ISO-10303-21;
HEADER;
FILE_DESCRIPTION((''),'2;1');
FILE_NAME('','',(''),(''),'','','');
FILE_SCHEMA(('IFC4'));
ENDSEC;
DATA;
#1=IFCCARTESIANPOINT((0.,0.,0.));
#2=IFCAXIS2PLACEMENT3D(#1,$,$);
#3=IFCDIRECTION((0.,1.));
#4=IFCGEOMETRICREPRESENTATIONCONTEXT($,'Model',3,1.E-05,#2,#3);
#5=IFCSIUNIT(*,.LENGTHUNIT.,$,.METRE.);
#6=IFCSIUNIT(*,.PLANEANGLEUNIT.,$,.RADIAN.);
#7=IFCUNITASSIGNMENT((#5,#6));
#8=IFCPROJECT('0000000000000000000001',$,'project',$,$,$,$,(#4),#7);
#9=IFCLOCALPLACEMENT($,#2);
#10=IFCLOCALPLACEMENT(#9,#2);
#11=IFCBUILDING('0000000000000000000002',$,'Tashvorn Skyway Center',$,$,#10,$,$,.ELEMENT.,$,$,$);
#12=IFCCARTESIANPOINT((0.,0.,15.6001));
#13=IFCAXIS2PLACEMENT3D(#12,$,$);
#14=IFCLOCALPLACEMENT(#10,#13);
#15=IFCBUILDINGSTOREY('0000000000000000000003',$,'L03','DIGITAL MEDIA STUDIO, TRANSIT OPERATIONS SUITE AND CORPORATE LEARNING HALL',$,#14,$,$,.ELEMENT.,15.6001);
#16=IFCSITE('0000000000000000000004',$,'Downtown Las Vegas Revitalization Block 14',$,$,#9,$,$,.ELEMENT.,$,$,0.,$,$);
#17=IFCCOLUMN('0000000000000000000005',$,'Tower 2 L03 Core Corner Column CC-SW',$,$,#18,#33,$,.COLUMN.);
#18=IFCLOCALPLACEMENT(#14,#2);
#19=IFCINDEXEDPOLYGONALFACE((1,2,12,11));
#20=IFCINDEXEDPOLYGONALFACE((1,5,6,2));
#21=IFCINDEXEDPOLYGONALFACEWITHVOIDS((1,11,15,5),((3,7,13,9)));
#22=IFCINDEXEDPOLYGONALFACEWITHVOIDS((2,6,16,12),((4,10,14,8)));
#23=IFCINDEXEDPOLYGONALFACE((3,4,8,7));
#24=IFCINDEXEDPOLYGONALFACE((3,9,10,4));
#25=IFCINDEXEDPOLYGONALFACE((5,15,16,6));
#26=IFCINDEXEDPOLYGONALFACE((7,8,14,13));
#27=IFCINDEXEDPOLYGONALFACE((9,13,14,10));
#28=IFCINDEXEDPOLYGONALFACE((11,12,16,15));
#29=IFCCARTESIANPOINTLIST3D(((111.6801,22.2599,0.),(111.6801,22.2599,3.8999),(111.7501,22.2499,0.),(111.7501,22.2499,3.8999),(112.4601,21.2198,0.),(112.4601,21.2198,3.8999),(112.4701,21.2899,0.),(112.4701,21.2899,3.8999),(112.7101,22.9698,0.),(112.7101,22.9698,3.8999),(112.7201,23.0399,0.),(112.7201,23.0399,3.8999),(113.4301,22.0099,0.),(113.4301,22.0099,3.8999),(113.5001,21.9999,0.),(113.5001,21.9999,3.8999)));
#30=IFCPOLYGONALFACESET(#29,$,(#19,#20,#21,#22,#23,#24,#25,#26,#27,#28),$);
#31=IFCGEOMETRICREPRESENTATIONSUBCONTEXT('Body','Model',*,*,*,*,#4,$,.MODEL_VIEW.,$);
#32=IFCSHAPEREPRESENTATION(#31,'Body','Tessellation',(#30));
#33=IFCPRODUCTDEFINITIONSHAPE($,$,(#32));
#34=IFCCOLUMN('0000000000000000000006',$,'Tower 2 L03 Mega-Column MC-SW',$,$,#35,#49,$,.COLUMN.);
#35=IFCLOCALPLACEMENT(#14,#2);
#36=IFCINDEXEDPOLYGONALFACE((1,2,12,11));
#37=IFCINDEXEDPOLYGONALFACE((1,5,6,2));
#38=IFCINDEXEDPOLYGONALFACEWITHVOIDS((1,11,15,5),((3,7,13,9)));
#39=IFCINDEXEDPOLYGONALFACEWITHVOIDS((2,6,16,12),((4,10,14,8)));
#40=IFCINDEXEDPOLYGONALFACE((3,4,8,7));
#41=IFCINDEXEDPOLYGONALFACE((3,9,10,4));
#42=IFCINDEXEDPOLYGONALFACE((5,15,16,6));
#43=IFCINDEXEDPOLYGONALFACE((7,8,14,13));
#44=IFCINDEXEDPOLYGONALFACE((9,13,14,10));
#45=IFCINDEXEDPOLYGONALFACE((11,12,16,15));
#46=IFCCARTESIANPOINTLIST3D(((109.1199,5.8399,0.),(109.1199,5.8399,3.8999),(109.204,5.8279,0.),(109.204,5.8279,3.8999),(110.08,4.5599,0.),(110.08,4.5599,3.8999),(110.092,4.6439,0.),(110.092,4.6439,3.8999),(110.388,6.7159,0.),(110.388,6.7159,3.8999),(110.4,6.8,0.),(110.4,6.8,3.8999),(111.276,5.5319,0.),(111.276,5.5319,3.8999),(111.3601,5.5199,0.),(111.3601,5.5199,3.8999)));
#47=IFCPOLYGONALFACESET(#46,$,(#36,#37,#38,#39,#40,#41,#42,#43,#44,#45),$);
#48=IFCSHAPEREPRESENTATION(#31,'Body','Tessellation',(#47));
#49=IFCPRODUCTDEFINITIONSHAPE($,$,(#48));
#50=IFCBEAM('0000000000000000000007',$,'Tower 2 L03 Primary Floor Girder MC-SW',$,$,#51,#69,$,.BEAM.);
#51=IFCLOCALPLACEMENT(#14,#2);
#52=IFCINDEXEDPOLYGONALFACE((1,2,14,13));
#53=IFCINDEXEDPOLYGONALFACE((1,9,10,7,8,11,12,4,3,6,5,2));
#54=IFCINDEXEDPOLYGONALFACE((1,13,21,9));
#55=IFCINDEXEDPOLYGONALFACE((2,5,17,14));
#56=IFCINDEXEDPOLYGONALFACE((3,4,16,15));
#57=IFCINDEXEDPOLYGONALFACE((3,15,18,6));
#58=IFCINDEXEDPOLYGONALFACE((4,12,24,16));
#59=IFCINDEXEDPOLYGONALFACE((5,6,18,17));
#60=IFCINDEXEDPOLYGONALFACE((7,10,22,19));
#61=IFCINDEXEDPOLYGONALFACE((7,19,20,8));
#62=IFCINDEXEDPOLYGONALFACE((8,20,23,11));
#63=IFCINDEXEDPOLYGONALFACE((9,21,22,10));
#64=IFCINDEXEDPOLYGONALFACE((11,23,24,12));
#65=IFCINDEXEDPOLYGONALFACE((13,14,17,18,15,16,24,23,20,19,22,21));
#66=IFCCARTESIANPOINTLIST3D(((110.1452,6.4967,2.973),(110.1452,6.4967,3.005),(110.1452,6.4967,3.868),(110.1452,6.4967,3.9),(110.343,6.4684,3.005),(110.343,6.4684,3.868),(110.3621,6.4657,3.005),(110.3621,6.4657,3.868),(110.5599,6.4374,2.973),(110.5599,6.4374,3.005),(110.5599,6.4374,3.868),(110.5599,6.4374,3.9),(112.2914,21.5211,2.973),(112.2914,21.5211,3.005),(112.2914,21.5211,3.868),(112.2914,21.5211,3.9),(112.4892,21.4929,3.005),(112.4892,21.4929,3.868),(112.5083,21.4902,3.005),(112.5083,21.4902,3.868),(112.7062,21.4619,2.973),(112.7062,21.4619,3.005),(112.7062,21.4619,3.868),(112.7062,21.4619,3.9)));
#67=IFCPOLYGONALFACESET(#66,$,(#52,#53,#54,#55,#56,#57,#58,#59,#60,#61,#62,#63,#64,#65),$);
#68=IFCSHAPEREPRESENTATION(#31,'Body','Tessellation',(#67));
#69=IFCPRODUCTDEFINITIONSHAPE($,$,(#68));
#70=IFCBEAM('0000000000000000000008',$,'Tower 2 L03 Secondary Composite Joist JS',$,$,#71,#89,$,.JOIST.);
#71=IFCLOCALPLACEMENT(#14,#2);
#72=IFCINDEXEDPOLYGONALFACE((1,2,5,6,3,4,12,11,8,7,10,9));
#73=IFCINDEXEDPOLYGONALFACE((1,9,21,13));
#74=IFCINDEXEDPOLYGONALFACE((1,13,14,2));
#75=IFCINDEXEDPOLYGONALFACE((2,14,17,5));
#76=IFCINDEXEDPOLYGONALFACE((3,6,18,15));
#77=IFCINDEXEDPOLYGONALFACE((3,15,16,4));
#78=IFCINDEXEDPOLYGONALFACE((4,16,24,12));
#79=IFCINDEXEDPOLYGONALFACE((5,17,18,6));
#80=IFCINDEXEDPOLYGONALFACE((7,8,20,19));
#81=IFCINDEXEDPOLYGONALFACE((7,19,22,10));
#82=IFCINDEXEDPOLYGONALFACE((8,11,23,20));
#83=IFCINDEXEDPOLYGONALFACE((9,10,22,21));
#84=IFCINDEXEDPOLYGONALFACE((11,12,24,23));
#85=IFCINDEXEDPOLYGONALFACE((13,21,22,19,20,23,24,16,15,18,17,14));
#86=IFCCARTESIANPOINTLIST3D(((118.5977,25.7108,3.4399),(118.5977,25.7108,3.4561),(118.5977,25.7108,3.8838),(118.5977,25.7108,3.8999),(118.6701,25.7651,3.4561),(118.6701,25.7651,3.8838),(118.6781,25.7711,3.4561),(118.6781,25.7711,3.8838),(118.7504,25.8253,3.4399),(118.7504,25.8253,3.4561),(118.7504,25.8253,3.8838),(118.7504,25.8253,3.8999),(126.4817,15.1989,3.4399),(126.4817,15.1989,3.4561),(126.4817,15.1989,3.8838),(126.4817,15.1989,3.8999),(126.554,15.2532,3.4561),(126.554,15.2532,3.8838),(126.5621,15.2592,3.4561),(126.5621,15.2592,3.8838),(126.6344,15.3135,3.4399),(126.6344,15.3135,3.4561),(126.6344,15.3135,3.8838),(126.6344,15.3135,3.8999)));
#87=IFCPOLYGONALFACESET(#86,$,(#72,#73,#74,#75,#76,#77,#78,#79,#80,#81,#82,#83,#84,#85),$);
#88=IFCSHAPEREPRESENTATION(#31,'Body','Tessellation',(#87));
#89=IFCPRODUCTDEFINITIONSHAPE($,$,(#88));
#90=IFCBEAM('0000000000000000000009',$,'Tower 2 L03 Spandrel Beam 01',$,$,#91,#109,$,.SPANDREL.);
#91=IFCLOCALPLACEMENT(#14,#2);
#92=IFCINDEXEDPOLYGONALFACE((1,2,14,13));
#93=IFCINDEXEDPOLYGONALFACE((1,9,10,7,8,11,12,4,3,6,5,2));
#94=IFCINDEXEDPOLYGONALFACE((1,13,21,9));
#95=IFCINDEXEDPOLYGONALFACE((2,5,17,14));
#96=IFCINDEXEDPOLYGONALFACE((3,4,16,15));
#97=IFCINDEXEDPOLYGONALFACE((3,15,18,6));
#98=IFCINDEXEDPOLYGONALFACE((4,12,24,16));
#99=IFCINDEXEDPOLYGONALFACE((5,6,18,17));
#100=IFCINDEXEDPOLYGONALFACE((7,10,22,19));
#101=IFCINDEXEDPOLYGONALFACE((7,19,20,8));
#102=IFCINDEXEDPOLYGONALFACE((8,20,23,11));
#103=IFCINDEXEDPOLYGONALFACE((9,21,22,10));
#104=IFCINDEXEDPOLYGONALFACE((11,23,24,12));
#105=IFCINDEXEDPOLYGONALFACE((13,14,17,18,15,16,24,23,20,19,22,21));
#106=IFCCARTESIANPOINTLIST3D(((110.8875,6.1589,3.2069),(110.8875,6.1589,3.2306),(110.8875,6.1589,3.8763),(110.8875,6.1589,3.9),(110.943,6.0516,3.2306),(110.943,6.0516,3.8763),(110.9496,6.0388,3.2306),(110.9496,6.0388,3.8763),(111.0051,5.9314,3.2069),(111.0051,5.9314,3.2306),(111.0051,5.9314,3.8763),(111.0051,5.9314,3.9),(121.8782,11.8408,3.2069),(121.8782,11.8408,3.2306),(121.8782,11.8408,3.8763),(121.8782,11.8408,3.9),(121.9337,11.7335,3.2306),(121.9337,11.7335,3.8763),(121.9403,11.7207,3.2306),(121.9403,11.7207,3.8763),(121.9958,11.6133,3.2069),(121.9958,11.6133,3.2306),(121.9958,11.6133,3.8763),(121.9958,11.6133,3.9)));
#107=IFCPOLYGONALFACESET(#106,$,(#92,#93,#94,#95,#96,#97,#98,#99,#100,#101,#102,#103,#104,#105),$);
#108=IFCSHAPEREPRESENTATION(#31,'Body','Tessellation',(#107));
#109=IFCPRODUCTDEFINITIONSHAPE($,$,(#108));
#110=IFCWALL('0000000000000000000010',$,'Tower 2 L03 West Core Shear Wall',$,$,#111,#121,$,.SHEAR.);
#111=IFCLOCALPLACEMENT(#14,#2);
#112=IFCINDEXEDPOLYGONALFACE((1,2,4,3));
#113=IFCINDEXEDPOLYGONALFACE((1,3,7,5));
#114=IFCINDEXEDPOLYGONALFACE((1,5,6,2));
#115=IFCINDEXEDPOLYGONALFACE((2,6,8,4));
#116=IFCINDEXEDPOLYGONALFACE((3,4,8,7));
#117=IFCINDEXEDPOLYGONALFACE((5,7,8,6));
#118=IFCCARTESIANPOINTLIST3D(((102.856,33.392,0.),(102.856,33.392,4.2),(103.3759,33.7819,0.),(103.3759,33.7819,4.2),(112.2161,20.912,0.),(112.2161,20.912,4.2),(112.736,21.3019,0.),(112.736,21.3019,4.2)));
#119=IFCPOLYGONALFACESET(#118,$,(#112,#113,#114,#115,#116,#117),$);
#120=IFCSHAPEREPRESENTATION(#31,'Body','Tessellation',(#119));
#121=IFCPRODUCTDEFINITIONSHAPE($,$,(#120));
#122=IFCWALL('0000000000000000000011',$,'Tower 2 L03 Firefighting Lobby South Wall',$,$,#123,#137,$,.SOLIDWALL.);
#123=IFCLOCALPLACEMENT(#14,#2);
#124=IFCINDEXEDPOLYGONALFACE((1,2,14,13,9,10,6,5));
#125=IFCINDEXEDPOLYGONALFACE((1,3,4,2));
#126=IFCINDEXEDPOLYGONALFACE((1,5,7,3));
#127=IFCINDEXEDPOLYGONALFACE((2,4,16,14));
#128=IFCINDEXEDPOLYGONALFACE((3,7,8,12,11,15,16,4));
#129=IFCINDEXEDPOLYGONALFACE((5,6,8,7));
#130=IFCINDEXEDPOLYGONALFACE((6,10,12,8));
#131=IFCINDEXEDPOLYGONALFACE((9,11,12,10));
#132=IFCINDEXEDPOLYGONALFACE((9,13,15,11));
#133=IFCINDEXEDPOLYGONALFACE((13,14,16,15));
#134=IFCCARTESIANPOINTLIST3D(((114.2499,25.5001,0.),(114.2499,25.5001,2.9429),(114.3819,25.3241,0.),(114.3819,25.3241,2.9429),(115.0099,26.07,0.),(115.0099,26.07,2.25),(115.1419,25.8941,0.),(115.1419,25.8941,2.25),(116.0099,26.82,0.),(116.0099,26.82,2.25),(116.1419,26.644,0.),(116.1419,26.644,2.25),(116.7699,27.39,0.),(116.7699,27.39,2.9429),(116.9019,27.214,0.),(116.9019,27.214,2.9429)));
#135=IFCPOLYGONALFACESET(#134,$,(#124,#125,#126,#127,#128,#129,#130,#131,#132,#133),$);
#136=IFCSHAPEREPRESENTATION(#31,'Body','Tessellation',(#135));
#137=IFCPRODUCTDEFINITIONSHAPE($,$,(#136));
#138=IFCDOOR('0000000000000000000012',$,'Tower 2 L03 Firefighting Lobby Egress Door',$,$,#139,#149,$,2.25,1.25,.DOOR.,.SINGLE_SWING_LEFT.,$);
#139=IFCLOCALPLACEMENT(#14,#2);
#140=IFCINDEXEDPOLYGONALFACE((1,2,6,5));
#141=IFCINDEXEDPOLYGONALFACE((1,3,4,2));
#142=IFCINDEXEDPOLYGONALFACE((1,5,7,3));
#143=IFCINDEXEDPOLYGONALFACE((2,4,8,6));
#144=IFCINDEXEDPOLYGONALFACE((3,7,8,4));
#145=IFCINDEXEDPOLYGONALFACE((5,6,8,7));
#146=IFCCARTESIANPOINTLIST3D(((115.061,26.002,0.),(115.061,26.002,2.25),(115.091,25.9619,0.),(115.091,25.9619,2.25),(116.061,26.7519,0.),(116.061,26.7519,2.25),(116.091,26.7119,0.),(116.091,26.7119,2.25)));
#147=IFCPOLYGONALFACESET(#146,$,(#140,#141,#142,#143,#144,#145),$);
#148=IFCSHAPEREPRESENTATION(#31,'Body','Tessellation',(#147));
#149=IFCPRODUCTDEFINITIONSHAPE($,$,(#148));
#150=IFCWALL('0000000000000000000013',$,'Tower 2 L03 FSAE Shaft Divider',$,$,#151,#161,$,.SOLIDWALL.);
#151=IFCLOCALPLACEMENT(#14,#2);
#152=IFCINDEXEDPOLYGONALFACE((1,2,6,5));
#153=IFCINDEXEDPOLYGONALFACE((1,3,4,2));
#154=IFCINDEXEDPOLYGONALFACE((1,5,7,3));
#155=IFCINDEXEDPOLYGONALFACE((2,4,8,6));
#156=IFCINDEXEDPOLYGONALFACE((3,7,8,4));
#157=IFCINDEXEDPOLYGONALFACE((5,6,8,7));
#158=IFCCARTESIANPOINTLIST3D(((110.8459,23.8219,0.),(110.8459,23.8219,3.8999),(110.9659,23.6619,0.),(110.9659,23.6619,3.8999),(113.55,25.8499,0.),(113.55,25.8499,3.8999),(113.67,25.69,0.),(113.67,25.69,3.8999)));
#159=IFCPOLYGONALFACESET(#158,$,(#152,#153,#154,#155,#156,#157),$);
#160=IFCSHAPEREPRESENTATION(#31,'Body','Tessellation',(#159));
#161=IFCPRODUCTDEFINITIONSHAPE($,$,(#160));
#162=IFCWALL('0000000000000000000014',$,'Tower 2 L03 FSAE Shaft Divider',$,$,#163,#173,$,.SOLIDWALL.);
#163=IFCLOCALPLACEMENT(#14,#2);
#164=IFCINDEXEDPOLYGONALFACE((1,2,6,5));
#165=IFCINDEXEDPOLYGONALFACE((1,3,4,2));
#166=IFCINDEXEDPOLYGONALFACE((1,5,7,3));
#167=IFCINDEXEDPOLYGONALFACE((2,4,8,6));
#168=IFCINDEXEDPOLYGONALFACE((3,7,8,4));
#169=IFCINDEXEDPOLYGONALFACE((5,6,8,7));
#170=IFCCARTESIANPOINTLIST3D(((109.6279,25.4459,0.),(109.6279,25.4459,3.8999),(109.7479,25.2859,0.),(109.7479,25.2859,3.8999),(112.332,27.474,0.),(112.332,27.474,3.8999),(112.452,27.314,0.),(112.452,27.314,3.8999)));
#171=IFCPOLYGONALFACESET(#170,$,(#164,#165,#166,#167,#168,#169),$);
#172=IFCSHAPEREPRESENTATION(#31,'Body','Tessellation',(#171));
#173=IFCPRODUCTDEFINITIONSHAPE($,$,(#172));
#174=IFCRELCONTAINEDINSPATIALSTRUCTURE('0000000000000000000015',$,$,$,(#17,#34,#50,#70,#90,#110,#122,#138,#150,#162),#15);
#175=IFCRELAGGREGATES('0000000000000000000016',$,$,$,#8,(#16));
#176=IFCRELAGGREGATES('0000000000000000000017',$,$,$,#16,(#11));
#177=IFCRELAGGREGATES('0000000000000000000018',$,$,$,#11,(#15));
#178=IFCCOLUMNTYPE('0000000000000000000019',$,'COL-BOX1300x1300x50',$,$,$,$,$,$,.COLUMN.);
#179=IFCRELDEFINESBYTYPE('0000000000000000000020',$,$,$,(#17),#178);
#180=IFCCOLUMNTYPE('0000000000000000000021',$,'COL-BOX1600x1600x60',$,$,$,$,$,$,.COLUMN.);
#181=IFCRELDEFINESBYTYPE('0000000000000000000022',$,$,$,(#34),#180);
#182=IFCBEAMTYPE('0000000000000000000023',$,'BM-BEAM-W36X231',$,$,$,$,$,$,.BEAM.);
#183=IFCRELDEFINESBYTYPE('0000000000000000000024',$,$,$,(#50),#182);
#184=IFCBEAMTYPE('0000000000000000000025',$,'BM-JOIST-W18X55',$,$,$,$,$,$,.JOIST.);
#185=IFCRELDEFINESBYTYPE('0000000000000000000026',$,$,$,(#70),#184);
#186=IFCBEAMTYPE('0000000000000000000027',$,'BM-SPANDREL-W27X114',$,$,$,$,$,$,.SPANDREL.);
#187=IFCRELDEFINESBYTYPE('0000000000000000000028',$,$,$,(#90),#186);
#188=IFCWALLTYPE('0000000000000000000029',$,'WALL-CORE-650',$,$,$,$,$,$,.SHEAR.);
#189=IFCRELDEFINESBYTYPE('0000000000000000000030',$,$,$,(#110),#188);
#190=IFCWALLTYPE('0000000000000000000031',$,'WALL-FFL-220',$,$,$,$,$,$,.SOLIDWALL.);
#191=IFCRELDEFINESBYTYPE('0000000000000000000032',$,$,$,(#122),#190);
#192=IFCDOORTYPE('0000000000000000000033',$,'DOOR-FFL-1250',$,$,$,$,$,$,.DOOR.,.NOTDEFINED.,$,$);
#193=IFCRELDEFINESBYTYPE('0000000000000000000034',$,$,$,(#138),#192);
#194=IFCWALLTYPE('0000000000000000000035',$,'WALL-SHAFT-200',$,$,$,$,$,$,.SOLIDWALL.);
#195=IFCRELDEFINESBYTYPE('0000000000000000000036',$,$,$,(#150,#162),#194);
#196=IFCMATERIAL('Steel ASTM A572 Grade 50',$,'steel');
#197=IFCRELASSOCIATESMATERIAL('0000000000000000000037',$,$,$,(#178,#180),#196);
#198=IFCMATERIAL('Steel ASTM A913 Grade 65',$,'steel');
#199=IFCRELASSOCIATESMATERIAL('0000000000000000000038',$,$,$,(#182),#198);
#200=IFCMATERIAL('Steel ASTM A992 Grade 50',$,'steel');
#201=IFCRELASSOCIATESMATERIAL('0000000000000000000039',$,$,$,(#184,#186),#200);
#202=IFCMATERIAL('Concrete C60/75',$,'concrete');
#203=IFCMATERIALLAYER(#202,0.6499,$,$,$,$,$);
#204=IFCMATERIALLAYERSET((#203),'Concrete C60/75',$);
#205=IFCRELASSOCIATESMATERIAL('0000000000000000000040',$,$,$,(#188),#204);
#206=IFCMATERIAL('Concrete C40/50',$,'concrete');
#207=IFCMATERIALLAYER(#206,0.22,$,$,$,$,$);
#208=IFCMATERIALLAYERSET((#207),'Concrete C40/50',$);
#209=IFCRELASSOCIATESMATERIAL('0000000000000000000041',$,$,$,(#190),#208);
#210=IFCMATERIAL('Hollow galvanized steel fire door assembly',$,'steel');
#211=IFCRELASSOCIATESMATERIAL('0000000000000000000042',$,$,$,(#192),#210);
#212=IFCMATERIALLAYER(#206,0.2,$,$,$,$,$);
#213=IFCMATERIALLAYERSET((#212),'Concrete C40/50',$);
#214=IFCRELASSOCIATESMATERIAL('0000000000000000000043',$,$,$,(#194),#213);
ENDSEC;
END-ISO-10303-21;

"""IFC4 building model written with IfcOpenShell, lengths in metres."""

from ifc_helpers import new_model, si_unit, direction, frame, frame_2d, origin, origin_2d, place, context, subcontext, project, spatial, rectangle, hollow_rectangle, i_section, extrude, material, layer, layer_set, material_profile, profile_set, type_object, element, fill, save


model = new_model("IFC4")

# Units and contexts
model_context = context("Model", 3, precision=1e-05, world=origin(), true_north=direction((0.0, 1.0)))
body_context = subcontext(model_context, "Body", "Model", "MODEL_VIEW")
ifc_project = project(units=[si_unit("LENGTHUNIT", "METRE"), si_unit("PLANEANGLEUNIT", "RADIAN")], contexts=[model_context])

# Site, building, storey
site_placement = place(None, origin())
site = spatial("IfcSite", under=ifc_project, at=site_placement, Name="Downtown Las Vegas Revitalization Block 14", CompositionType="ELEMENT", RefElevation=0.0)
building_placement = place(site_placement, origin())
building = spatial("IfcBuilding", under=site, at=building_placement, Name="Tashvorn Skyway Center", CompositionType="ELEMENT")
storey_placement = place(building_placement, frame((0.0, 0.0, 15.6001)))
storey = spatial("IfcBuildingStorey", under=building, at=storey_placement, Name="L03", Description="DIGITAL MEDIA STUDIO, TRANSIT OPERATIONS SUITE AND CORPORATE LEARNING HALL", CompositionType="ELEMENT", Elevation=15.6001)

# Columns
ifc_material_1 = material(Name="Steel ASTM A572 Grade 50", Category="steel")
ifc_material_profile_1 = material_profile(ifc_material_1, hollow_rectangle(XDim=1.3, YDim=1.3, WallThickness=0.05, at=origin_2d()), Name="BOX1300x1300x50")
ifc_profile_set_1 = profile_set([ifc_material_profile_1], Name="Steel ASTM A572 Grade 50")
column_type_1 = type_object("IfcColumnType", Name="COL-BOX1300x1300x50", PredefinedType="COLUMN", material=ifc_profile_set_1)
column_1_placement = place(storey_placement, frame((112.5901, 22.1299, 0.0), z_axis=(0.0, 0.0, 1.0), x_axis=(0.8, 0.6, 0.0)))
element("IfcColumn", 1, at=column_1_placement, inside=storey, type_object=column_type_1, Name="Tower 2 L03 Core Corner Column CC-SW", PredefinedType="COLUMN", context=body_context, shape_type="SweptSolid", body=[
    extrude(hollow_rectangle(XDim=1.3, YDim=1.3, WallThickness=0.05, at=origin_2d()), origin(), (0.0, 0.0, 1.0), 3.8999),
])
ifc_material_profile_2 = material_profile(ifc_material_1, hollow_rectangle(XDim=1.6001, YDim=1.6001, WallThickness=0.0601, at=origin_2d()), Name="BOX1600x1600x60")
ifc_profile_set_2 = profile_set([ifc_material_profile_2], Name="Steel ASTM A572 Grade 50")
column_type_2 = type_object("IfcColumnType", Name="COL-BOX1600x1600x60", PredefinedType="COLUMN", material=ifc_profile_set_2)
column_2_placement = place(storey_placement, frame((110.24, 5.6799, 0.0), z_axis=(0.0, 0.0, 1.0), x_axis=(0.8, 0.6, 0.0)))
element("IfcColumn", 2, at=column_2_placement, inside=storey, type_object=column_type_2, Name="Tower 2 L03 Mega-Column MC-SW", PredefinedType="COLUMN", context=body_context, shape_type="SweptSolid", body=[
    extrude(hollow_rectangle(XDim=1.6001, YDim=1.6001, WallThickness=0.0601, at=origin_2d()), origin(), (0.0, 0.0, 1.0), 3.8999),
])

# Beams
ifc_material_2 = material(Name="Steel ASTM A913 Grade 65", Category="steel")
ifc_material_profile_3 = material_profile(ifc_material_2, i_section(OverallWidth=0.4189, OverallDepth=0.927, WebThickness=0.0193, FlangeThickness=0.032, at=origin_2d()), Name="W36X231")
ifc_profile_set_3 = profile_set([ifc_material_profile_3], Name="Steel ASTM A913 Grade 65")
beam_type_1 = type_object("IfcBeamType", Name="BM-BEAM-W36X231", PredefinedType="BEAM", material=ifc_profile_set_3)
beam_1_placement = place(storey_placement, frame((110.3525, 6.467, 3.4365), z_axis=(0.141415, 0.98995, 0.0), x_axis=(-0.98995, 0.141415, 0.0)))
element("IfcBeam", 3, at=beam_1_placement, inside=storey, type_object=beam_type_1, Name="Tower 2 L03 Primary Floor Girder MC-SW", PredefinedType="BEAM", context=body_context, shape_type="SweptSolid", body=[
    extrude(i_section(OverallWidth=0.4189, OverallDepth=0.927, WebThickness=0.0193, FlangeThickness=0.032, at=origin_2d()), origin(), (0.0, 0.0, 1.0), 15.177),
])
ifc_material_3 = material(Name="Steel ASTM A992 Grade 50", Category="steel")
ifc_material_profile_4 = material_profile(ifc_material_3, i_section(OverallWidth=0.1909, OverallDepth=0.46, WebThickness=0.01, FlangeThickness=0.0161, at=origin_2d()), Name="W18X55")
ifc_profile_set_4 = profile_set([ifc_material_profile_4], Name="Steel ASTM A992 Grade 50")
beam_type_2 = type_object("IfcBeamType", Name="BM-JOIST-W18X55", PredefinedType="JOIST", material=ifc_profile_set_4)
beam_2_placement = place(storey_placement, frame((118.6741, 25.7681, 3.6699), z_axis=(0.600003, -0.799998, 0.0), x_axis=(0.799998, 0.600003, 0.0)))
element("IfcBeam", 4, at=beam_2_placement, inside=storey, type_object=beam_type_2, Name="Tower 2 L03 Secondary Composite Joist JS", PredefinedType="JOIST", context=body_context, shape_type="SweptSolid", body=[
    extrude(i_section(OverallWidth=0.1909, OverallDepth=0.46, WebThickness=0.01, FlangeThickness=0.0161, at=origin_2d()), origin(), (0.0, 0.0, 1.0), 13.1399),
])
ifc_material_profile_5 = material_profile(ifc_material_3, i_section(OverallWidth=0.2561, OverallDepth=0.6931, WebThickness=0.0144, FlangeThickness=0.0237, at=origin_2d()), Name="W27X114")
ifc_profile_set_5 = profile_set([ifc_material_profile_5], Name="Steel ASTM A992 Grade 50")
beam_type_3 = type_object("IfcBeamType", Name="BM-SPANDREL-W27X114", PredefinedType="SPANDREL", material=ifc_profile_set_5)
beam_3_placement = place(storey_placement, frame((110.9463, 6.0452, 3.5535), z_axis=(0.888316, 0.459233, 0.0), x_axis=(-0.459233, 0.888316, 0.0)))
element("IfcBeam", 5, at=beam_3_placement, inside=storey, type_object=beam_type_3, Name="Tower 2 L03 Spandrel Beam 01", PredefinedType="SPANDREL", context=body_context, shape_type="SweptSolid", body=[
    extrude(i_section(OverallWidth=0.2561, OverallDepth=0.6931, WebThickness=0.0144, FlangeThickness=0.0237, at=origin_2d()), origin(), (0.0, 0.0, 1.0), 12.3726),
])

# Wall
ifc_material_4 = material(Name="Concrete C60/75", Category="concrete")
ifc_layer_1 = layer(ifc_material_4, 0.6499)
ifc_layer_set_1 = layer_set([ifc_layer_1], Name="Concrete C60/75")
wall_type_1 = type_object("IfcWallType", Name="WALL-CORE-650", PredefinedType="SHEAR", material=ifc_layer_set_1)
wall_1_placement = place(storey_placement, frame((112.4761, 21.1069, 0.0), z_axis=(0.0, 0.0, 1.0), x_axis=(-0.600005, 0.799996, 0.0)))
element("IfcWall", 6, at=wall_1_placement, inside=storey, type_object=wall_type_1, Name="Tower 2 L03 West Core Shear Wall", PredefinedType="SHEAR", context=body_context, shape_type="SweptSolid", body=[
    extrude(rectangle(XDim=15.6001, YDim=0.6499, at=frame_2d((7.8, 0.0))), origin(), (0.0, 0.0, 1.0), 4.2),
])

# Wall, opening, door
ifc_material_5 = material(Name="Concrete C40/50", Category="concrete")
ifc_layer_2 = layer(ifc_material_5, 0.22)
ifc_layer_set_2 = layer_set([ifc_layer_2], Name="Concrete C40/50")
wall_type_2 = type_object("IfcWallType", Name="WALL-FFL-220", PredefinedType="SOLIDWALL", material=ifc_layer_set_2)
wall_2_placement = place(storey_placement, frame((114.3159, 25.4121, 0.0), z_axis=(0.0, 0.0, 1.0), x_axis=(0.800019, 0.599975, 0.0)))
wall_2 = element("IfcWall", 7, at=wall_2_placement, inside=storey, type_object=wall_type_2, Name="Tower 2 L03 Firefighting Lobby South Wall", PredefinedType="SOLIDWALL", context=body_context, shape_type="SweptSolid", body=[
    extrude(rectangle(XDim=3.1499, YDim=0.22, at=frame_2d((1.575, 0.0))), origin(), (0.0, 0.0, 1.0), 2.9429),
])
opening_1_placement = place(wall_2_placement, frame((0.95, 0.0, 0.0)))
opening_1 = element("IfcOpeningElement", 8, at=opening_1_placement, cuts=wall_2, PredefinedType="OPENING", context=body_context, shape_type="SweptSolid", body=[
    extrude(rectangle(XDim=1.25, YDim=2.25, at=frame_2d((0.625, 1.125))), frame((0.0, 0.1199, 0.0), z_axis=(0.0, -1.0, 0.0), x_axis=(1.0, 0.0, 0.0)), (0.0, 0.0, 1.0), 0.24),
])
ifc_material_6 = material(Name="Hollow galvanized steel fire door assembly", Category="steel")
door_type_1 = type_object("IfcDoorType", Name="DOOR-FFL-1250", OperationType="NOTDEFINED", PredefinedType="DOOR", material=ifc_material_6)
door_1_placement = place(opening_1_placement, origin())
door_1 = element("IfcDoor", 9, at=door_1_placement, inside=storey, type_object=door_type_1, Name="Tower 2 L03 Firefighting Lobby Egress Door", OperationType="SINGLE_SWING_LEFT", OverallHeight=2.25, OverallWidth=1.25, PredefinedType="DOOR", context=body_context, shape_type="SweptSolid", body=[
    extrude(rectangle(XDim=1.25, YDim=2.25, at=frame_2d((0.625, 1.125))), frame((0.0, 0.0249, 0.0), z_axis=(0.0, -1.0, 0.0), x_axis=(1.0, 0.0, 0.0)), (0.0, 0.0, 1.0), 0.05),
])
fill(opening_1, door_1)

# Walls
ifc_layer_3 = layer(ifc_material_5, 0.2)
ifc_layer_set_3 = layer_set([ifc_layer_3], Name="Concrete C40/50")
wall_type_3 = type_object("IfcWallType", Name="WALL-SHAFT-200", PredefinedType="SOLIDWALL", material=ifc_layer_set_3)
for number, where, z_axis, x_axis, name in (
    (10, (110.906, 23.7419, 0.0), (0.0, 0.0, 1.0), (0.8, 0.6, 0.0), "Tower 2 L03 FSAE Shaft Divider"),
    (11, (109.688, 25.366, 0.0), (0.0, 0.0, 1.0), (0.8, 0.6, 0.0), "Tower 2 L03 FSAE Shaft Divider"),
):
    element("IfcWall", number, at=place(storey_placement, frame(where, z_axis=z_axis, x_axis=x_axis)), inside=storey, type_object=wall_type_3, Name=name, PredefinedType="SOLIDWALL", context=body_context, shape_type="SweptSolid", body=[
        extrude(rectangle(XDim=3.3801, YDim=0.2, at=frame_2d((1.6899, 0.0))), origin(), (0.0, 0.0, 1.0), 3.8999),
    ])

save(model, "model.ifc")
